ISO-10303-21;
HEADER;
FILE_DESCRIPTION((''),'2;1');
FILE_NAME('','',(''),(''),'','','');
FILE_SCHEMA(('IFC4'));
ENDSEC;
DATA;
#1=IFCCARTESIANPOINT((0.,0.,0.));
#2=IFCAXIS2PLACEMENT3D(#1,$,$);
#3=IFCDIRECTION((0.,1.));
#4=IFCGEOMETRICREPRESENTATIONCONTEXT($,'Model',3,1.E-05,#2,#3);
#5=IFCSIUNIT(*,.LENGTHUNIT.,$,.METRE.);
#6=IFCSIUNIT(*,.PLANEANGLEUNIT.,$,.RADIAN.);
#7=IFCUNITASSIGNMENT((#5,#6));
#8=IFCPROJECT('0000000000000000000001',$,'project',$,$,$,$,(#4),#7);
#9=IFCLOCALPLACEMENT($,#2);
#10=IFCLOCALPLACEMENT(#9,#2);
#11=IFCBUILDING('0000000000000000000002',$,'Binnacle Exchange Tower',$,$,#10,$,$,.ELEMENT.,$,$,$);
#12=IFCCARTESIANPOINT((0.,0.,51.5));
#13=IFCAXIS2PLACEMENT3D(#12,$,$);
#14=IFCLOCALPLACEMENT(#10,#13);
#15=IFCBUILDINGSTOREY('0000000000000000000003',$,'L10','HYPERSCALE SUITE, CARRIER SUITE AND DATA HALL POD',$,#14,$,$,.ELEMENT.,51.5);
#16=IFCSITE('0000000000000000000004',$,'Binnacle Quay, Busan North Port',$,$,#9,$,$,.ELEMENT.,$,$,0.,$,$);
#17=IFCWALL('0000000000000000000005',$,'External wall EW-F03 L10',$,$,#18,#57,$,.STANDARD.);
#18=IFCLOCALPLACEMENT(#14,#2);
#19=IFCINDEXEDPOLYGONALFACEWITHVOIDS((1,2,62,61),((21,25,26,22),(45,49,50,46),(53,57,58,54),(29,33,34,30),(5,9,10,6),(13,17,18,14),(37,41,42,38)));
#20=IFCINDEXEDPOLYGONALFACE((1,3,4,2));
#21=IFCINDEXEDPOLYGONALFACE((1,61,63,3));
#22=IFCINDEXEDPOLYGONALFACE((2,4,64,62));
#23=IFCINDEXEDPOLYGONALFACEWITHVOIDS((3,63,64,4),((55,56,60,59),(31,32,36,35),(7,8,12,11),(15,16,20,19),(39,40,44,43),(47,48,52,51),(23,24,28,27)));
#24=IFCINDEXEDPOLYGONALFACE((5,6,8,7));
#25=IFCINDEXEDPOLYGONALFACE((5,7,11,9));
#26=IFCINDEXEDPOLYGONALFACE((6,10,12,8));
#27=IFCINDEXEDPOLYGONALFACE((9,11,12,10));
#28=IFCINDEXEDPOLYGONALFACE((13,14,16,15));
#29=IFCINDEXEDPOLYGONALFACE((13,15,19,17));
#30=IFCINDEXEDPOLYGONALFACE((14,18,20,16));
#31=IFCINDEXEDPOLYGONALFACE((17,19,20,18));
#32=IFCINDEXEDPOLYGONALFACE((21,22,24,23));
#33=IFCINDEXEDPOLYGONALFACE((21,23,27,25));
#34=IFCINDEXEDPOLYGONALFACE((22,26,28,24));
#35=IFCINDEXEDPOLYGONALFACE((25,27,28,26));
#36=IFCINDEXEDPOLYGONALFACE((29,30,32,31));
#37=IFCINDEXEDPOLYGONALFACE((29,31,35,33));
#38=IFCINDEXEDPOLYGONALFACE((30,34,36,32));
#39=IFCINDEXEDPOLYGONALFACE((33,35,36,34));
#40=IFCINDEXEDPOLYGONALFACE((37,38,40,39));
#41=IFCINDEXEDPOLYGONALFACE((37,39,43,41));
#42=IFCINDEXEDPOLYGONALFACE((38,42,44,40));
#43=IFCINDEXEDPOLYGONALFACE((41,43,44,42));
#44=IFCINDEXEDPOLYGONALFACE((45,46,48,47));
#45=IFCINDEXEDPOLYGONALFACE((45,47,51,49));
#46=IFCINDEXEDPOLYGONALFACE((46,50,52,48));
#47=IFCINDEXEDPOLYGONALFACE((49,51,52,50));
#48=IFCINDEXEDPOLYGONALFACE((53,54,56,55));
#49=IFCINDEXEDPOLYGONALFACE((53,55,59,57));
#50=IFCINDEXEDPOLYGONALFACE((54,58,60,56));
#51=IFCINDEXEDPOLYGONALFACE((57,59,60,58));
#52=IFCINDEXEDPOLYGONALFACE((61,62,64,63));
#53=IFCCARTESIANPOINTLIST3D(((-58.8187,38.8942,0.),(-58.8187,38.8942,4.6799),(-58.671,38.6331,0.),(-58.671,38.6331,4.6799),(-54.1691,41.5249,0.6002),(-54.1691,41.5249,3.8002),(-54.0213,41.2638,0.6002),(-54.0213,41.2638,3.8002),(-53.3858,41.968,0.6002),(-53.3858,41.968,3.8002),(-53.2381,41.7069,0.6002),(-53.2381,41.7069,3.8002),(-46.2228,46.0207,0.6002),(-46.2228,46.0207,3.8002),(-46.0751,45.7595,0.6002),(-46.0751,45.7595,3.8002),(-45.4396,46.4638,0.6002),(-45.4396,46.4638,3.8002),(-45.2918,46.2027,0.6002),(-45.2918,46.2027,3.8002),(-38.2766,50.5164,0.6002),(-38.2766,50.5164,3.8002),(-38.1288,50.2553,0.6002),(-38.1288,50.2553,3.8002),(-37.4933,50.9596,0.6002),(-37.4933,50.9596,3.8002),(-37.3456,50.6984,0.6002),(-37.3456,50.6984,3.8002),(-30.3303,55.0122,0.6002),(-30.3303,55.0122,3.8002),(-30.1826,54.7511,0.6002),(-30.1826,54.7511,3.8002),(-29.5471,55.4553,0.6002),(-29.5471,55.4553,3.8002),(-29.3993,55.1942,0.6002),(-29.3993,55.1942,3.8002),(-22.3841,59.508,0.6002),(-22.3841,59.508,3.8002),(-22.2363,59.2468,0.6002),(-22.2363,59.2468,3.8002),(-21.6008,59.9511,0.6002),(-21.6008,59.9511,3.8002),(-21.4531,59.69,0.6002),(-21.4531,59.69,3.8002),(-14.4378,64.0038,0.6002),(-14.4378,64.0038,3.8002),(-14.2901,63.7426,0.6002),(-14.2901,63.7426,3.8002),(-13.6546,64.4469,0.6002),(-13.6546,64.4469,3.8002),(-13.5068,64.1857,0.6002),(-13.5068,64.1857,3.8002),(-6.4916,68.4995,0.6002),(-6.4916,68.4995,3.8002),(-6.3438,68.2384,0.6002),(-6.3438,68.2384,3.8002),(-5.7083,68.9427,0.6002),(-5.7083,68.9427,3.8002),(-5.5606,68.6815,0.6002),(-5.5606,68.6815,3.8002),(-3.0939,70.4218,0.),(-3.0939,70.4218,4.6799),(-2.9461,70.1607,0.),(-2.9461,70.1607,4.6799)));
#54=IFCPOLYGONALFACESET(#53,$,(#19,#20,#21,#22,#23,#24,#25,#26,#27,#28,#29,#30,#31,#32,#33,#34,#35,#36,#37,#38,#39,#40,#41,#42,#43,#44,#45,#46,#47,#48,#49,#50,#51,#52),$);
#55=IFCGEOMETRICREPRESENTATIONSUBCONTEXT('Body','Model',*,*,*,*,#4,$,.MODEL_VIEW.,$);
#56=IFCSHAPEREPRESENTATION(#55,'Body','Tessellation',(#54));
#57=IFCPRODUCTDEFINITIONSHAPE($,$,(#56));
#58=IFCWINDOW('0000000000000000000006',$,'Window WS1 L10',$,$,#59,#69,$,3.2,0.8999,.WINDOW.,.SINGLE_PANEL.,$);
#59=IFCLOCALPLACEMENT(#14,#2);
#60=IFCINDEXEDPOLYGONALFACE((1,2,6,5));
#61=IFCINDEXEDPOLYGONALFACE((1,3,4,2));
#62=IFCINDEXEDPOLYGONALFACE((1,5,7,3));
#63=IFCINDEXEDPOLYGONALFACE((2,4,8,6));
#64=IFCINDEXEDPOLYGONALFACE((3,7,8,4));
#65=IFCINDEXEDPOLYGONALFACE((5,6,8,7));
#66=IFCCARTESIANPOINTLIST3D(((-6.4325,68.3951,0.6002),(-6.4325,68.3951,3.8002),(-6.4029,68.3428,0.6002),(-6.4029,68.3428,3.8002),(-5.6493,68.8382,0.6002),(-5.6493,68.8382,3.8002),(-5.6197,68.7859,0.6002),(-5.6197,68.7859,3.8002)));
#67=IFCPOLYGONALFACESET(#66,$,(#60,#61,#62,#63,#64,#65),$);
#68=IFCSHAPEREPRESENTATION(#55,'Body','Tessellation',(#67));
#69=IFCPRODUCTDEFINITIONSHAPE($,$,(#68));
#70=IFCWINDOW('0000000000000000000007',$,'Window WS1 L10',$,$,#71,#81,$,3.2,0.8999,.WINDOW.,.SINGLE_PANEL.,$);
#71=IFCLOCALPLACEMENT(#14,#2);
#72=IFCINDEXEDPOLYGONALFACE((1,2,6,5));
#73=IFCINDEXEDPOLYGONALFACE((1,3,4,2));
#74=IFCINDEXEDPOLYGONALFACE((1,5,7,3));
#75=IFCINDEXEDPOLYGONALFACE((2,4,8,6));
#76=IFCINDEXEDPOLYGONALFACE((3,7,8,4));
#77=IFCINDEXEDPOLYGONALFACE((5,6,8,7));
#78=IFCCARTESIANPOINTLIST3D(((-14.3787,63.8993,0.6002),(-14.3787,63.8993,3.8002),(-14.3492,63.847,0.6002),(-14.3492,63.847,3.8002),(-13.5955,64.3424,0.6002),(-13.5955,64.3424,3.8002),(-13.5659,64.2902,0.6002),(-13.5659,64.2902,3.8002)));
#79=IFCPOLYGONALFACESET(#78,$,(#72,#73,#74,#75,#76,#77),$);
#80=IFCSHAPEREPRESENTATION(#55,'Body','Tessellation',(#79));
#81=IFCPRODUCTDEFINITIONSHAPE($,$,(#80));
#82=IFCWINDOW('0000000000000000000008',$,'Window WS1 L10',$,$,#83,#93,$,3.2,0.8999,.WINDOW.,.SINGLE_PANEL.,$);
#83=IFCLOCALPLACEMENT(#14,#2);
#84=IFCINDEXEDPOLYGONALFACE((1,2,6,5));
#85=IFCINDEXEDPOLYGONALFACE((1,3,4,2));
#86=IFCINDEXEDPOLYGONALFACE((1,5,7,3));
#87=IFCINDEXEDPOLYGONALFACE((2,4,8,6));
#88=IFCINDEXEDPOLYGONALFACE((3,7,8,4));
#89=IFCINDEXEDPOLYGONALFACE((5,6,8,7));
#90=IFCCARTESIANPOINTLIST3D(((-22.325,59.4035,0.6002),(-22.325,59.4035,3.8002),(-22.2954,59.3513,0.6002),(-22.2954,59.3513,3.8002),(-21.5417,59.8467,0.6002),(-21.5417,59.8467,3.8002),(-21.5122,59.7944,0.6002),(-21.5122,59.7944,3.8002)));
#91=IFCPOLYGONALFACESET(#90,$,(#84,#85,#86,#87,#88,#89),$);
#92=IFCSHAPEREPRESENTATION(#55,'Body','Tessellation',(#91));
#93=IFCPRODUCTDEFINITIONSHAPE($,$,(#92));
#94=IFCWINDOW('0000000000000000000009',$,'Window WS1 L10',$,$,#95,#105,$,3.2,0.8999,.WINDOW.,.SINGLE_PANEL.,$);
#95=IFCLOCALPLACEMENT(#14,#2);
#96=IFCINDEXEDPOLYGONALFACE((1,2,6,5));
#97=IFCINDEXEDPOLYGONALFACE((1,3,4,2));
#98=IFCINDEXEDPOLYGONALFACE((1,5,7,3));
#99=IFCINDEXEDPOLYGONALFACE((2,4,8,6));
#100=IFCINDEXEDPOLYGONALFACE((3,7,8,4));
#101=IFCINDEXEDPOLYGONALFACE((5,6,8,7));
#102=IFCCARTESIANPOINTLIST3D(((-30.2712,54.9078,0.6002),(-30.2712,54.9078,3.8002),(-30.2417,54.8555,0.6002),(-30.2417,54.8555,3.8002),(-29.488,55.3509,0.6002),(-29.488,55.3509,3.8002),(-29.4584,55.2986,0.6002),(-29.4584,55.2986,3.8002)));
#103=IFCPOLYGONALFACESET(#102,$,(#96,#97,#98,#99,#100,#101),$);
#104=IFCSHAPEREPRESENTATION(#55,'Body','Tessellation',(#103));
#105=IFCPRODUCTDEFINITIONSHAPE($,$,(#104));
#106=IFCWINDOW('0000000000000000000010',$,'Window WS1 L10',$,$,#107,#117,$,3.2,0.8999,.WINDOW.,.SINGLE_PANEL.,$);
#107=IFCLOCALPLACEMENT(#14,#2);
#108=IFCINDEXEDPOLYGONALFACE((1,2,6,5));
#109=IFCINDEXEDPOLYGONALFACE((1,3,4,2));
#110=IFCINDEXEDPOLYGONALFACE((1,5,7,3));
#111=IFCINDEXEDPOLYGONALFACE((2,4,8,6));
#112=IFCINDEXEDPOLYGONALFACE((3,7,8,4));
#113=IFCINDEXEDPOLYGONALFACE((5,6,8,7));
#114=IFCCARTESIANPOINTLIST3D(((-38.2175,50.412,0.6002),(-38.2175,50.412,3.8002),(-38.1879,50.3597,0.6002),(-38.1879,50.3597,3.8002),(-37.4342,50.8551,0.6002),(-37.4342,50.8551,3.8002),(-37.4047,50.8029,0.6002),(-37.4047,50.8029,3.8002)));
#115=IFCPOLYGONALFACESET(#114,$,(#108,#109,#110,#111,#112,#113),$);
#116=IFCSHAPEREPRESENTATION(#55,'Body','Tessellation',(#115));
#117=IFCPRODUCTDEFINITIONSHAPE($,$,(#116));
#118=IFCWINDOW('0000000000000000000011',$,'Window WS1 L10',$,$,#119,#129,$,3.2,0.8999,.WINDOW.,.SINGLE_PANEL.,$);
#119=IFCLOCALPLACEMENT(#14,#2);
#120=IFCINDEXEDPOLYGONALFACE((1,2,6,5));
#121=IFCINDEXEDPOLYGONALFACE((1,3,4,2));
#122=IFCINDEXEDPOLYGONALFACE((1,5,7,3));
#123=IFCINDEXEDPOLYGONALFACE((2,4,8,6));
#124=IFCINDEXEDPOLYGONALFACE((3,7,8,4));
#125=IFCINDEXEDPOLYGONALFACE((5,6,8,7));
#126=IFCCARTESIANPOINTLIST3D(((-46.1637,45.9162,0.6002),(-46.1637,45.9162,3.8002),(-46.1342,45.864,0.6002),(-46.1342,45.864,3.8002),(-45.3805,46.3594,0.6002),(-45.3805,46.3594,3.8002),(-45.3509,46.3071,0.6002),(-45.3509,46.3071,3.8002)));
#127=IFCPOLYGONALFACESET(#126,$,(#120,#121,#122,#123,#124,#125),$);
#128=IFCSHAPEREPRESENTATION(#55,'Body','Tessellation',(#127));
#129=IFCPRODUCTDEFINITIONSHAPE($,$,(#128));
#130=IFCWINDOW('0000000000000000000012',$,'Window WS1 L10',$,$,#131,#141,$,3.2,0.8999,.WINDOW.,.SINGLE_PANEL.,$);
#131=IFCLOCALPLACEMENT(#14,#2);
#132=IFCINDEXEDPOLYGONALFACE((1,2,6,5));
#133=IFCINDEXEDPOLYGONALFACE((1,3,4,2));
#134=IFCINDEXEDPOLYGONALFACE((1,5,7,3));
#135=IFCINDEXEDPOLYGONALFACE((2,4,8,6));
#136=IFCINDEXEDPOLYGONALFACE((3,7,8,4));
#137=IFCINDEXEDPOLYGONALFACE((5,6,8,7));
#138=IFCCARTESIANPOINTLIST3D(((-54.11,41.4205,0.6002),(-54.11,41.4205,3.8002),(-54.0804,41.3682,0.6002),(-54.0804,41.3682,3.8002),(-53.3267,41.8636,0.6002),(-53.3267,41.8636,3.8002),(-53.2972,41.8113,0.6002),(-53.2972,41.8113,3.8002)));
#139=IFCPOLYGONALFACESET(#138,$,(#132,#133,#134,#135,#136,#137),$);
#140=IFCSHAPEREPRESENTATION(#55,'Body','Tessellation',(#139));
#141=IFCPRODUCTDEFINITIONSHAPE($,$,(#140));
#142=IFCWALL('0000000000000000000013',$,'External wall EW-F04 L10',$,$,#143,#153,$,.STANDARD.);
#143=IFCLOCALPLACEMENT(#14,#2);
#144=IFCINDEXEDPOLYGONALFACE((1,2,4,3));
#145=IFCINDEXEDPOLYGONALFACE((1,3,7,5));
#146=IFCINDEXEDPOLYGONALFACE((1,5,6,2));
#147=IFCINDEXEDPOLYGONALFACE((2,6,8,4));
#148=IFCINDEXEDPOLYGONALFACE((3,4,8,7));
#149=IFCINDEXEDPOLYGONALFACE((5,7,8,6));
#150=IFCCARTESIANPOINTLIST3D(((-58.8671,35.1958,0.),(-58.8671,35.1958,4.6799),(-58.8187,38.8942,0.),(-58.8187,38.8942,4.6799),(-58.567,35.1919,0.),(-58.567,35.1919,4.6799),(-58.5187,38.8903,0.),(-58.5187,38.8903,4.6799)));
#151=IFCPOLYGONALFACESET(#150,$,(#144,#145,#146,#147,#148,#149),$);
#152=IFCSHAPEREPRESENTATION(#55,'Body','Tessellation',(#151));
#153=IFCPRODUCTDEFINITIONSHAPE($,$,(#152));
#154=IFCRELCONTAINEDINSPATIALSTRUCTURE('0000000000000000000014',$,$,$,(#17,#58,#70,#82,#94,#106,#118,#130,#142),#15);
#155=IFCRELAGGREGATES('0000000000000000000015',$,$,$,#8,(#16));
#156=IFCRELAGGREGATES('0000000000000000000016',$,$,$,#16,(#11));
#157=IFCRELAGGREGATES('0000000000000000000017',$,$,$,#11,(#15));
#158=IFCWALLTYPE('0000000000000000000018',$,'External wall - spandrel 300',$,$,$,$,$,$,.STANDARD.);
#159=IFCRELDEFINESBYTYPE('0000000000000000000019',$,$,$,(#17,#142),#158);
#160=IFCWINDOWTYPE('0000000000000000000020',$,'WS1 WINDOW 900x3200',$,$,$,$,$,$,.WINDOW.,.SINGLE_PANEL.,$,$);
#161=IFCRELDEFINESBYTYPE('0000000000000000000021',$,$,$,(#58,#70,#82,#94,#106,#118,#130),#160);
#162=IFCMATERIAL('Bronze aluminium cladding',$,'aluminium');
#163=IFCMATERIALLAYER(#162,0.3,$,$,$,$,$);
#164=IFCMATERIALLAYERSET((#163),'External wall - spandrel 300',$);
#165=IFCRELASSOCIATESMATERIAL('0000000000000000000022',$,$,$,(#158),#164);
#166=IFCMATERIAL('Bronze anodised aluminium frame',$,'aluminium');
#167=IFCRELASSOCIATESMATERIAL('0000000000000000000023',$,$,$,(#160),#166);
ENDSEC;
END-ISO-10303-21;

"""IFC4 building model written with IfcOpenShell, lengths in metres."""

from ifc_helpers import new_model, si_unit, direction, frame, frame_2d, origin, place, context, subcontext, project, spatial, rectangle, extrude, material, layer, layer_set, type_object, element, fill, save


model = new_model("IFC4")

# Units and contexts
model_context = context("Model", 3, precision=1e-05, world=origin(), true_north=direction((0.0, 1.0)))
body_context = subcontext(model_context, "Body", "Model", "MODEL_VIEW")
ifc_project = project(units=[si_unit("LENGTHUNIT", "METRE"), si_unit("PLANEANGLEUNIT", "RADIAN")], contexts=[model_context])

# Site, building, storey
site_placement = place(None, origin())
site = spatial("IfcSite", under=ifc_project, at=site_placement, Name="Binnacle Quay, Busan North Port", CompositionType="ELEMENT", RefElevation=0.0)
building_placement = place(site_placement, origin())
building = spatial("IfcBuilding", under=site, at=building_placement, Name="Binnacle Exchange Tower", CompositionType="ELEMENT")
storey_placement = place(building_placement, frame((0.0, 0.0, 51.5)))
storey = spatial("IfcBuildingStorey", under=building, at=storey_placement, Name="L10", Description="HYPERSCALE SUITE, CARRIER SUITE AND DATA HALL POD", CompositionType="ELEMENT", Elevation=51.5)

# Wall, openings, windows
ifc_material_1 = material(Name="Bronze aluminium cladding", Category="aluminium")
ifc_layer_1 = layer(ifc_material_1, 0.3)
ifc_layer_set_1 = layer_set([ifc_layer_1], Name="External wall - spandrel 300")
wall_type_1 = type_object("IfcWallType", Name="External wall - spandrel 300", PredefinedType="STANDARD", material=ifc_layer_set_1)
wall_1_placement = place(storey_placement, frame((-58.7449, 38.7637, 0.0), z_axis=(0.0, 0.0, 1.0), x_axis=(0.870356, 0.492423, 0.0)))
wall_1 = element("IfcWall", 1, at=wall_1_placement, inside=storey, type_object=wall_type_1, Name="External wall EW-F03 L10", PredefinedType="STANDARD", context=body_context, shape_type="SweptSolid", body=[
    extrude(rectangle(XDim=64.0254, YDim=0.3, at=frame_2d((32.0127, 0.0))), origin(), (0.0, 0.0, 1.0), 4.6799),
])
opening_1_placement = place(wall_1_placement, frame((60.1216, 0.0, 0.6001)))
opening_1 = element("IfcOpeningElement", 2, at=opening_1_placement, cuts=wall_1, PredefinedType="OPENING", context=body_context, shape_type="SweptSolid", body=[
    extrude(rectangle(XDim=0.8999, YDim=3.2, at=frame_2d((0.45, 1.6001))), frame((0.0, 0.1599, 0.0), z_axis=(0.0, -1.0, 0.0), x_axis=(1.0, 0.0, 0.0)), (0.0, 0.0, 1.0), 0.3201),
])
opening_2_placement = place(wall_1_placement, frame((50.9917, 0.0, 0.6001)))
opening_2 = element("IfcOpeningElement", 3, at=opening_2_placement, cuts=wall_1, PredefinedType="OPENING", context=body_context, shape_type="SweptSolid", body=[
    extrude(rectangle(XDim=0.8999, YDim=3.2, at=frame_2d((0.45, 1.6001))), frame((0.0, 0.1599, 0.0), z_axis=(0.0, -1.0, 0.0), x_axis=(1.0, 0.0, 0.0)), (0.0, 0.0, 1.0), 0.3201),
])
opening_3_placement = place(wall_1_placement, frame((41.8618, 0.0, 0.6001)))
opening_3 = element("IfcOpeningElement", 4, at=opening_3_placement, cuts=wall_1, PredefinedType="OPENING", context=body_context, shape_type="SweptSolid", body=[
    extrude(rectangle(XDim=0.8999, YDim=3.2, at=frame_2d((0.45, 1.6001))), frame((0.0, 0.1599, 0.0), z_axis=(0.0, -1.0, 0.0), x_axis=(1.0, 0.0, 0.0)), (0.0, 0.0, 1.0), 0.3201),
])
opening_4_placement = place(wall_1_placement, frame((32.7319, 0.0, 0.6001)))
opening_4 = element("IfcOpeningElement", 5, at=opening_4_placement, cuts=wall_1, PredefinedType="OPENING", context=body_context, shape_type="SweptSolid", body=[
    extrude(rectangle(XDim=0.8999, YDim=3.2, at=frame_2d((0.45, 1.6001))), frame((0.0, 0.1599, 0.0), z_axis=(0.0, -1.0, 0.0), x_axis=(1.0, 0.0, 0.0)), (0.0, 0.0, 1.0), 0.3201),
])
opening_5_placement = place(wall_1_placement, frame((23.6021, 0.0, 0.6001)))
opening_5 = element("IfcOpeningElement", 6, at=opening_5_placement, cuts=wall_1, PredefinedType="OPENING", context=body_context, shape_type="SweptSolid", body=[
    extrude(rectangle(XDim=0.8999, YDim=3.2, at=frame_2d((0.45, 1.6001))), frame((0.0, 0.1599, 0.0), z_axis=(0.0, -1.0, 0.0), x_axis=(1.0, 0.0, 0.0)), (0.0, 0.0, 1.0), 0.3201),
])
opening_6_placement = place(wall_1_placement, frame((14.4722, 0.0, 0.6001)))
opening_6 = element("IfcOpeningElement", 7, at=opening_6_placement, cuts=wall_1, PredefinedType="OPENING", context=body_context, shape_type="SweptSolid", body=[
    extrude(rectangle(XDim=0.8999, YDim=3.2, at=frame_2d((0.45, 1.6001))), frame((0.0, 0.1599, 0.0), z_axis=(0.0, -1.0, 0.0), x_axis=(1.0, 0.0, 0.0)), (0.0, 0.0, 1.0), 0.3201),
])
opening_7_placement = place(wall_1_placement, frame((5.3423, 0.0, 0.6001)))
opening_7 = element("IfcOpeningElement", 8, at=opening_7_placement, cuts=wall_1, PredefinedType="OPENING", context=body_context, shape_type="SweptSolid", body=[
    extrude(rectangle(XDim=0.8999, YDim=3.2, at=frame_2d((0.45, 1.6001))), frame((0.0, 0.1599, 0.0), z_axis=(0.0, -1.0, 0.0), x_axis=(1.0, 0.0, 0.0)), (0.0, 0.0, 1.0), 0.3201),
])
ifc_material_2 = material(Name="Bronze anodised aluminium frame", Category="aluminium")
window_type = type_object("IfcWindowType", Name="WS1 WINDOW 900x3200", PartitioningType="SINGLE_PANEL", PredefinedType="WINDOW", material=ifc_material_2)
window_1_placement = place(opening_1_placement, origin())
window_1 = element("IfcWindow", 9, at=window_1_placement, inside=storey, type_object=window_type, Name="Window WS1 L10", OverallHeight=3.2, OverallWidth=0.8999, PartitioningType="SINGLE_PANEL", PredefinedType="WINDOW", context=body_context, shape_type="SweptSolid", body=[
    extrude(rectangle(XDim=0.8999, YDim=3.2, at=frame_2d((0.45, 1.6001))), frame((0.0, 0.03, 0.0), z_axis=(0.0, -1.0, 0.0), x_axis=(1.0, 0.0, 0.0)), (0.0, 0.0, 1.0), 0.0601),
])
fill(opening_1, window_1)
window_2_placement = place(opening_2_placement, origin())
window_2 = element("IfcWindow", 10, at=window_2_placement, inside=storey, type_object=window_type, Name="Window WS1 L10", OverallHeight=3.2, OverallWidth=0.8999, PartitioningType="SINGLE_PANEL", PredefinedType="WINDOW", context=body_context, shape_type="SweptSolid", body=[
    extrude(rectangle(XDim=0.8999, YDim=3.2, at=frame_2d((0.45, 1.6001))), frame((0.0, 0.03, 0.0), z_axis=(0.0, -1.0, 0.0), x_axis=(1.0, 0.0, 0.0)), (0.0, 0.0, 1.0), 0.0601),
])
fill(opening_2, window_2)
window_3_placement = place(opening_3_placement, origin())
window_3 = element("IfcWindow", 11, at=window_3_placement, inside=storey, type_object=window_type, Name="Window WS1 L10", OverallHeight=3.2, OverallWidth=0.8999, PartitioningType="SINGLE_PANEL", PredefinedType="WINDOW", context=body_context, shape_type="SweptSolid", body=[
    extrude(rectangle(XDim=0.8999, YDim=3.2, at=frame_2d((0.45, 1.6001))), frame((0.0, 0.03, 0.0), z_axis=(0.0, -1.0, 0.0), x_axis=(1.0, 0.0, 0.0)), (0.0, 0.0, 1.0), 0.0601),
])
fill(opening_3, window_3)
window_4_placement = place(opening_4_placement, origin())
window_4 = element("IfcWindow", 12, at=window_4_placement, inside=storey, type_object=window_type, Name="Window WS1 L10", OverallHeight=3.2, OverallWidth=0.8999, PartitioningType="SINGLE_PANEL", PredefinedType="WINDOW", context=body_context, shape_type="SweptSolid", body=[
    extrude(rectangle(XDim=0.8999, YDim=3.2, at=frame_2d((0.45, 1.6001))), frame((0.0, 0.03, 0.0), z_axis=(0.0, -1.0, 0.0), x_axis=(1.0, 0.0, 0.0)), (0.0, 0.0, 1.0), 0.0601),
])
fill(opening_4, window_4)
window_5_placement = place(opening_5_placement, origin())
window_5 = element("IfcWindow", 13, at=window_5_placement, inside=storey, type_object=window_type, Name="Window WS1 L10", OverallHeight=3.2, OverallWidth=0.8999, PartitioningType="SINGLE_PANEL", PredefinedType="WINDOW", context=body_context, shape_type="SweptSolid", body=[
    extrude(rectangle(XDim=0.8999, YDim=3.2, at=frame_2d((0.45, 1.6001))), frame((0.0, 0.03, 0.0), z_axis=(0.0, -1.0, 0.0), x_axis=(1.0, 0.0, 0.0)), (0.0, 0.0, 1.0), 0.0601),
])
fill(opening_5, window_5)
window_6_placement = place(opening_6_placement, origin())
window_6 = element("IfcWindow", 14, at=window_6_placement, inside=storey, type_object=window_type, Name="Window WS1 L10", OverallHeight=3.2, OverallWidth=0.8999, PartitioningType="SINGLE_PANEL", PredefinedType="WINDOW", context=body_context, shape_type="SweptSolid", body=[
    extrude(rectangle(XDim=0.8999, YDim=3.2, at=frame_2d((0.45, 1.6001))), frame((0.0, 0.03, 0.0), z_axis=(0.0, -1.0, 0.0), x_axis=(1.0, 0.0, 0.0)), (0.0, 0.0, 1.0), 0.0601),
])
fill(opening_6, window_6)
window_7_placement = place(opening_7_placement, origin())
window_7 = element("IfcWindow", 15, at=window_7_placement, inside=storey, type_object=window_type, Name="Window WS1 L10", OverallHeight=3.2, OverallWidth=0.8999, PartitioningType="SINGLE_PANEL", PredefinedType="WINDOW", context=body_context, shape_type="SweptSolid", body=[
    extrude(rectangle(XDim=0.8999, YDim=3.2, at=frame_2d((0.45, 1.6001))), frame((0.0, 0.03, 0.0), z_axis=(0.0, -1.0, 0.0), x_axis=(1.0, 0.0, 0.0)), (0.0, 0.0, 1.0), 0.0601),
])
fill(opening_7, window_7)

# Wall
wall_2_placement = place(storey_placement, frame((-58.717, 35.1938, 0.0), z_axis=(0.0, 0.0, 1.0), x_axis=(0.013069, 0.999915, 0.0)))
element("IfcWall", 16, at=wall_2_placement, inside=storey, type_object=wall_type_1, Name="External wall EW-F04 L10", PredefinedType="STANDARD", context=body_context, shape_type="SweptSolid", body=[
    extrude(rectangle(XDim=3.6987, YDim=0.3, at=frame_2d((1.8494, 0.0))), origin(), (0.0, 0.0, 1.0), 4.6799),
])

save(model, "model.ifc")
